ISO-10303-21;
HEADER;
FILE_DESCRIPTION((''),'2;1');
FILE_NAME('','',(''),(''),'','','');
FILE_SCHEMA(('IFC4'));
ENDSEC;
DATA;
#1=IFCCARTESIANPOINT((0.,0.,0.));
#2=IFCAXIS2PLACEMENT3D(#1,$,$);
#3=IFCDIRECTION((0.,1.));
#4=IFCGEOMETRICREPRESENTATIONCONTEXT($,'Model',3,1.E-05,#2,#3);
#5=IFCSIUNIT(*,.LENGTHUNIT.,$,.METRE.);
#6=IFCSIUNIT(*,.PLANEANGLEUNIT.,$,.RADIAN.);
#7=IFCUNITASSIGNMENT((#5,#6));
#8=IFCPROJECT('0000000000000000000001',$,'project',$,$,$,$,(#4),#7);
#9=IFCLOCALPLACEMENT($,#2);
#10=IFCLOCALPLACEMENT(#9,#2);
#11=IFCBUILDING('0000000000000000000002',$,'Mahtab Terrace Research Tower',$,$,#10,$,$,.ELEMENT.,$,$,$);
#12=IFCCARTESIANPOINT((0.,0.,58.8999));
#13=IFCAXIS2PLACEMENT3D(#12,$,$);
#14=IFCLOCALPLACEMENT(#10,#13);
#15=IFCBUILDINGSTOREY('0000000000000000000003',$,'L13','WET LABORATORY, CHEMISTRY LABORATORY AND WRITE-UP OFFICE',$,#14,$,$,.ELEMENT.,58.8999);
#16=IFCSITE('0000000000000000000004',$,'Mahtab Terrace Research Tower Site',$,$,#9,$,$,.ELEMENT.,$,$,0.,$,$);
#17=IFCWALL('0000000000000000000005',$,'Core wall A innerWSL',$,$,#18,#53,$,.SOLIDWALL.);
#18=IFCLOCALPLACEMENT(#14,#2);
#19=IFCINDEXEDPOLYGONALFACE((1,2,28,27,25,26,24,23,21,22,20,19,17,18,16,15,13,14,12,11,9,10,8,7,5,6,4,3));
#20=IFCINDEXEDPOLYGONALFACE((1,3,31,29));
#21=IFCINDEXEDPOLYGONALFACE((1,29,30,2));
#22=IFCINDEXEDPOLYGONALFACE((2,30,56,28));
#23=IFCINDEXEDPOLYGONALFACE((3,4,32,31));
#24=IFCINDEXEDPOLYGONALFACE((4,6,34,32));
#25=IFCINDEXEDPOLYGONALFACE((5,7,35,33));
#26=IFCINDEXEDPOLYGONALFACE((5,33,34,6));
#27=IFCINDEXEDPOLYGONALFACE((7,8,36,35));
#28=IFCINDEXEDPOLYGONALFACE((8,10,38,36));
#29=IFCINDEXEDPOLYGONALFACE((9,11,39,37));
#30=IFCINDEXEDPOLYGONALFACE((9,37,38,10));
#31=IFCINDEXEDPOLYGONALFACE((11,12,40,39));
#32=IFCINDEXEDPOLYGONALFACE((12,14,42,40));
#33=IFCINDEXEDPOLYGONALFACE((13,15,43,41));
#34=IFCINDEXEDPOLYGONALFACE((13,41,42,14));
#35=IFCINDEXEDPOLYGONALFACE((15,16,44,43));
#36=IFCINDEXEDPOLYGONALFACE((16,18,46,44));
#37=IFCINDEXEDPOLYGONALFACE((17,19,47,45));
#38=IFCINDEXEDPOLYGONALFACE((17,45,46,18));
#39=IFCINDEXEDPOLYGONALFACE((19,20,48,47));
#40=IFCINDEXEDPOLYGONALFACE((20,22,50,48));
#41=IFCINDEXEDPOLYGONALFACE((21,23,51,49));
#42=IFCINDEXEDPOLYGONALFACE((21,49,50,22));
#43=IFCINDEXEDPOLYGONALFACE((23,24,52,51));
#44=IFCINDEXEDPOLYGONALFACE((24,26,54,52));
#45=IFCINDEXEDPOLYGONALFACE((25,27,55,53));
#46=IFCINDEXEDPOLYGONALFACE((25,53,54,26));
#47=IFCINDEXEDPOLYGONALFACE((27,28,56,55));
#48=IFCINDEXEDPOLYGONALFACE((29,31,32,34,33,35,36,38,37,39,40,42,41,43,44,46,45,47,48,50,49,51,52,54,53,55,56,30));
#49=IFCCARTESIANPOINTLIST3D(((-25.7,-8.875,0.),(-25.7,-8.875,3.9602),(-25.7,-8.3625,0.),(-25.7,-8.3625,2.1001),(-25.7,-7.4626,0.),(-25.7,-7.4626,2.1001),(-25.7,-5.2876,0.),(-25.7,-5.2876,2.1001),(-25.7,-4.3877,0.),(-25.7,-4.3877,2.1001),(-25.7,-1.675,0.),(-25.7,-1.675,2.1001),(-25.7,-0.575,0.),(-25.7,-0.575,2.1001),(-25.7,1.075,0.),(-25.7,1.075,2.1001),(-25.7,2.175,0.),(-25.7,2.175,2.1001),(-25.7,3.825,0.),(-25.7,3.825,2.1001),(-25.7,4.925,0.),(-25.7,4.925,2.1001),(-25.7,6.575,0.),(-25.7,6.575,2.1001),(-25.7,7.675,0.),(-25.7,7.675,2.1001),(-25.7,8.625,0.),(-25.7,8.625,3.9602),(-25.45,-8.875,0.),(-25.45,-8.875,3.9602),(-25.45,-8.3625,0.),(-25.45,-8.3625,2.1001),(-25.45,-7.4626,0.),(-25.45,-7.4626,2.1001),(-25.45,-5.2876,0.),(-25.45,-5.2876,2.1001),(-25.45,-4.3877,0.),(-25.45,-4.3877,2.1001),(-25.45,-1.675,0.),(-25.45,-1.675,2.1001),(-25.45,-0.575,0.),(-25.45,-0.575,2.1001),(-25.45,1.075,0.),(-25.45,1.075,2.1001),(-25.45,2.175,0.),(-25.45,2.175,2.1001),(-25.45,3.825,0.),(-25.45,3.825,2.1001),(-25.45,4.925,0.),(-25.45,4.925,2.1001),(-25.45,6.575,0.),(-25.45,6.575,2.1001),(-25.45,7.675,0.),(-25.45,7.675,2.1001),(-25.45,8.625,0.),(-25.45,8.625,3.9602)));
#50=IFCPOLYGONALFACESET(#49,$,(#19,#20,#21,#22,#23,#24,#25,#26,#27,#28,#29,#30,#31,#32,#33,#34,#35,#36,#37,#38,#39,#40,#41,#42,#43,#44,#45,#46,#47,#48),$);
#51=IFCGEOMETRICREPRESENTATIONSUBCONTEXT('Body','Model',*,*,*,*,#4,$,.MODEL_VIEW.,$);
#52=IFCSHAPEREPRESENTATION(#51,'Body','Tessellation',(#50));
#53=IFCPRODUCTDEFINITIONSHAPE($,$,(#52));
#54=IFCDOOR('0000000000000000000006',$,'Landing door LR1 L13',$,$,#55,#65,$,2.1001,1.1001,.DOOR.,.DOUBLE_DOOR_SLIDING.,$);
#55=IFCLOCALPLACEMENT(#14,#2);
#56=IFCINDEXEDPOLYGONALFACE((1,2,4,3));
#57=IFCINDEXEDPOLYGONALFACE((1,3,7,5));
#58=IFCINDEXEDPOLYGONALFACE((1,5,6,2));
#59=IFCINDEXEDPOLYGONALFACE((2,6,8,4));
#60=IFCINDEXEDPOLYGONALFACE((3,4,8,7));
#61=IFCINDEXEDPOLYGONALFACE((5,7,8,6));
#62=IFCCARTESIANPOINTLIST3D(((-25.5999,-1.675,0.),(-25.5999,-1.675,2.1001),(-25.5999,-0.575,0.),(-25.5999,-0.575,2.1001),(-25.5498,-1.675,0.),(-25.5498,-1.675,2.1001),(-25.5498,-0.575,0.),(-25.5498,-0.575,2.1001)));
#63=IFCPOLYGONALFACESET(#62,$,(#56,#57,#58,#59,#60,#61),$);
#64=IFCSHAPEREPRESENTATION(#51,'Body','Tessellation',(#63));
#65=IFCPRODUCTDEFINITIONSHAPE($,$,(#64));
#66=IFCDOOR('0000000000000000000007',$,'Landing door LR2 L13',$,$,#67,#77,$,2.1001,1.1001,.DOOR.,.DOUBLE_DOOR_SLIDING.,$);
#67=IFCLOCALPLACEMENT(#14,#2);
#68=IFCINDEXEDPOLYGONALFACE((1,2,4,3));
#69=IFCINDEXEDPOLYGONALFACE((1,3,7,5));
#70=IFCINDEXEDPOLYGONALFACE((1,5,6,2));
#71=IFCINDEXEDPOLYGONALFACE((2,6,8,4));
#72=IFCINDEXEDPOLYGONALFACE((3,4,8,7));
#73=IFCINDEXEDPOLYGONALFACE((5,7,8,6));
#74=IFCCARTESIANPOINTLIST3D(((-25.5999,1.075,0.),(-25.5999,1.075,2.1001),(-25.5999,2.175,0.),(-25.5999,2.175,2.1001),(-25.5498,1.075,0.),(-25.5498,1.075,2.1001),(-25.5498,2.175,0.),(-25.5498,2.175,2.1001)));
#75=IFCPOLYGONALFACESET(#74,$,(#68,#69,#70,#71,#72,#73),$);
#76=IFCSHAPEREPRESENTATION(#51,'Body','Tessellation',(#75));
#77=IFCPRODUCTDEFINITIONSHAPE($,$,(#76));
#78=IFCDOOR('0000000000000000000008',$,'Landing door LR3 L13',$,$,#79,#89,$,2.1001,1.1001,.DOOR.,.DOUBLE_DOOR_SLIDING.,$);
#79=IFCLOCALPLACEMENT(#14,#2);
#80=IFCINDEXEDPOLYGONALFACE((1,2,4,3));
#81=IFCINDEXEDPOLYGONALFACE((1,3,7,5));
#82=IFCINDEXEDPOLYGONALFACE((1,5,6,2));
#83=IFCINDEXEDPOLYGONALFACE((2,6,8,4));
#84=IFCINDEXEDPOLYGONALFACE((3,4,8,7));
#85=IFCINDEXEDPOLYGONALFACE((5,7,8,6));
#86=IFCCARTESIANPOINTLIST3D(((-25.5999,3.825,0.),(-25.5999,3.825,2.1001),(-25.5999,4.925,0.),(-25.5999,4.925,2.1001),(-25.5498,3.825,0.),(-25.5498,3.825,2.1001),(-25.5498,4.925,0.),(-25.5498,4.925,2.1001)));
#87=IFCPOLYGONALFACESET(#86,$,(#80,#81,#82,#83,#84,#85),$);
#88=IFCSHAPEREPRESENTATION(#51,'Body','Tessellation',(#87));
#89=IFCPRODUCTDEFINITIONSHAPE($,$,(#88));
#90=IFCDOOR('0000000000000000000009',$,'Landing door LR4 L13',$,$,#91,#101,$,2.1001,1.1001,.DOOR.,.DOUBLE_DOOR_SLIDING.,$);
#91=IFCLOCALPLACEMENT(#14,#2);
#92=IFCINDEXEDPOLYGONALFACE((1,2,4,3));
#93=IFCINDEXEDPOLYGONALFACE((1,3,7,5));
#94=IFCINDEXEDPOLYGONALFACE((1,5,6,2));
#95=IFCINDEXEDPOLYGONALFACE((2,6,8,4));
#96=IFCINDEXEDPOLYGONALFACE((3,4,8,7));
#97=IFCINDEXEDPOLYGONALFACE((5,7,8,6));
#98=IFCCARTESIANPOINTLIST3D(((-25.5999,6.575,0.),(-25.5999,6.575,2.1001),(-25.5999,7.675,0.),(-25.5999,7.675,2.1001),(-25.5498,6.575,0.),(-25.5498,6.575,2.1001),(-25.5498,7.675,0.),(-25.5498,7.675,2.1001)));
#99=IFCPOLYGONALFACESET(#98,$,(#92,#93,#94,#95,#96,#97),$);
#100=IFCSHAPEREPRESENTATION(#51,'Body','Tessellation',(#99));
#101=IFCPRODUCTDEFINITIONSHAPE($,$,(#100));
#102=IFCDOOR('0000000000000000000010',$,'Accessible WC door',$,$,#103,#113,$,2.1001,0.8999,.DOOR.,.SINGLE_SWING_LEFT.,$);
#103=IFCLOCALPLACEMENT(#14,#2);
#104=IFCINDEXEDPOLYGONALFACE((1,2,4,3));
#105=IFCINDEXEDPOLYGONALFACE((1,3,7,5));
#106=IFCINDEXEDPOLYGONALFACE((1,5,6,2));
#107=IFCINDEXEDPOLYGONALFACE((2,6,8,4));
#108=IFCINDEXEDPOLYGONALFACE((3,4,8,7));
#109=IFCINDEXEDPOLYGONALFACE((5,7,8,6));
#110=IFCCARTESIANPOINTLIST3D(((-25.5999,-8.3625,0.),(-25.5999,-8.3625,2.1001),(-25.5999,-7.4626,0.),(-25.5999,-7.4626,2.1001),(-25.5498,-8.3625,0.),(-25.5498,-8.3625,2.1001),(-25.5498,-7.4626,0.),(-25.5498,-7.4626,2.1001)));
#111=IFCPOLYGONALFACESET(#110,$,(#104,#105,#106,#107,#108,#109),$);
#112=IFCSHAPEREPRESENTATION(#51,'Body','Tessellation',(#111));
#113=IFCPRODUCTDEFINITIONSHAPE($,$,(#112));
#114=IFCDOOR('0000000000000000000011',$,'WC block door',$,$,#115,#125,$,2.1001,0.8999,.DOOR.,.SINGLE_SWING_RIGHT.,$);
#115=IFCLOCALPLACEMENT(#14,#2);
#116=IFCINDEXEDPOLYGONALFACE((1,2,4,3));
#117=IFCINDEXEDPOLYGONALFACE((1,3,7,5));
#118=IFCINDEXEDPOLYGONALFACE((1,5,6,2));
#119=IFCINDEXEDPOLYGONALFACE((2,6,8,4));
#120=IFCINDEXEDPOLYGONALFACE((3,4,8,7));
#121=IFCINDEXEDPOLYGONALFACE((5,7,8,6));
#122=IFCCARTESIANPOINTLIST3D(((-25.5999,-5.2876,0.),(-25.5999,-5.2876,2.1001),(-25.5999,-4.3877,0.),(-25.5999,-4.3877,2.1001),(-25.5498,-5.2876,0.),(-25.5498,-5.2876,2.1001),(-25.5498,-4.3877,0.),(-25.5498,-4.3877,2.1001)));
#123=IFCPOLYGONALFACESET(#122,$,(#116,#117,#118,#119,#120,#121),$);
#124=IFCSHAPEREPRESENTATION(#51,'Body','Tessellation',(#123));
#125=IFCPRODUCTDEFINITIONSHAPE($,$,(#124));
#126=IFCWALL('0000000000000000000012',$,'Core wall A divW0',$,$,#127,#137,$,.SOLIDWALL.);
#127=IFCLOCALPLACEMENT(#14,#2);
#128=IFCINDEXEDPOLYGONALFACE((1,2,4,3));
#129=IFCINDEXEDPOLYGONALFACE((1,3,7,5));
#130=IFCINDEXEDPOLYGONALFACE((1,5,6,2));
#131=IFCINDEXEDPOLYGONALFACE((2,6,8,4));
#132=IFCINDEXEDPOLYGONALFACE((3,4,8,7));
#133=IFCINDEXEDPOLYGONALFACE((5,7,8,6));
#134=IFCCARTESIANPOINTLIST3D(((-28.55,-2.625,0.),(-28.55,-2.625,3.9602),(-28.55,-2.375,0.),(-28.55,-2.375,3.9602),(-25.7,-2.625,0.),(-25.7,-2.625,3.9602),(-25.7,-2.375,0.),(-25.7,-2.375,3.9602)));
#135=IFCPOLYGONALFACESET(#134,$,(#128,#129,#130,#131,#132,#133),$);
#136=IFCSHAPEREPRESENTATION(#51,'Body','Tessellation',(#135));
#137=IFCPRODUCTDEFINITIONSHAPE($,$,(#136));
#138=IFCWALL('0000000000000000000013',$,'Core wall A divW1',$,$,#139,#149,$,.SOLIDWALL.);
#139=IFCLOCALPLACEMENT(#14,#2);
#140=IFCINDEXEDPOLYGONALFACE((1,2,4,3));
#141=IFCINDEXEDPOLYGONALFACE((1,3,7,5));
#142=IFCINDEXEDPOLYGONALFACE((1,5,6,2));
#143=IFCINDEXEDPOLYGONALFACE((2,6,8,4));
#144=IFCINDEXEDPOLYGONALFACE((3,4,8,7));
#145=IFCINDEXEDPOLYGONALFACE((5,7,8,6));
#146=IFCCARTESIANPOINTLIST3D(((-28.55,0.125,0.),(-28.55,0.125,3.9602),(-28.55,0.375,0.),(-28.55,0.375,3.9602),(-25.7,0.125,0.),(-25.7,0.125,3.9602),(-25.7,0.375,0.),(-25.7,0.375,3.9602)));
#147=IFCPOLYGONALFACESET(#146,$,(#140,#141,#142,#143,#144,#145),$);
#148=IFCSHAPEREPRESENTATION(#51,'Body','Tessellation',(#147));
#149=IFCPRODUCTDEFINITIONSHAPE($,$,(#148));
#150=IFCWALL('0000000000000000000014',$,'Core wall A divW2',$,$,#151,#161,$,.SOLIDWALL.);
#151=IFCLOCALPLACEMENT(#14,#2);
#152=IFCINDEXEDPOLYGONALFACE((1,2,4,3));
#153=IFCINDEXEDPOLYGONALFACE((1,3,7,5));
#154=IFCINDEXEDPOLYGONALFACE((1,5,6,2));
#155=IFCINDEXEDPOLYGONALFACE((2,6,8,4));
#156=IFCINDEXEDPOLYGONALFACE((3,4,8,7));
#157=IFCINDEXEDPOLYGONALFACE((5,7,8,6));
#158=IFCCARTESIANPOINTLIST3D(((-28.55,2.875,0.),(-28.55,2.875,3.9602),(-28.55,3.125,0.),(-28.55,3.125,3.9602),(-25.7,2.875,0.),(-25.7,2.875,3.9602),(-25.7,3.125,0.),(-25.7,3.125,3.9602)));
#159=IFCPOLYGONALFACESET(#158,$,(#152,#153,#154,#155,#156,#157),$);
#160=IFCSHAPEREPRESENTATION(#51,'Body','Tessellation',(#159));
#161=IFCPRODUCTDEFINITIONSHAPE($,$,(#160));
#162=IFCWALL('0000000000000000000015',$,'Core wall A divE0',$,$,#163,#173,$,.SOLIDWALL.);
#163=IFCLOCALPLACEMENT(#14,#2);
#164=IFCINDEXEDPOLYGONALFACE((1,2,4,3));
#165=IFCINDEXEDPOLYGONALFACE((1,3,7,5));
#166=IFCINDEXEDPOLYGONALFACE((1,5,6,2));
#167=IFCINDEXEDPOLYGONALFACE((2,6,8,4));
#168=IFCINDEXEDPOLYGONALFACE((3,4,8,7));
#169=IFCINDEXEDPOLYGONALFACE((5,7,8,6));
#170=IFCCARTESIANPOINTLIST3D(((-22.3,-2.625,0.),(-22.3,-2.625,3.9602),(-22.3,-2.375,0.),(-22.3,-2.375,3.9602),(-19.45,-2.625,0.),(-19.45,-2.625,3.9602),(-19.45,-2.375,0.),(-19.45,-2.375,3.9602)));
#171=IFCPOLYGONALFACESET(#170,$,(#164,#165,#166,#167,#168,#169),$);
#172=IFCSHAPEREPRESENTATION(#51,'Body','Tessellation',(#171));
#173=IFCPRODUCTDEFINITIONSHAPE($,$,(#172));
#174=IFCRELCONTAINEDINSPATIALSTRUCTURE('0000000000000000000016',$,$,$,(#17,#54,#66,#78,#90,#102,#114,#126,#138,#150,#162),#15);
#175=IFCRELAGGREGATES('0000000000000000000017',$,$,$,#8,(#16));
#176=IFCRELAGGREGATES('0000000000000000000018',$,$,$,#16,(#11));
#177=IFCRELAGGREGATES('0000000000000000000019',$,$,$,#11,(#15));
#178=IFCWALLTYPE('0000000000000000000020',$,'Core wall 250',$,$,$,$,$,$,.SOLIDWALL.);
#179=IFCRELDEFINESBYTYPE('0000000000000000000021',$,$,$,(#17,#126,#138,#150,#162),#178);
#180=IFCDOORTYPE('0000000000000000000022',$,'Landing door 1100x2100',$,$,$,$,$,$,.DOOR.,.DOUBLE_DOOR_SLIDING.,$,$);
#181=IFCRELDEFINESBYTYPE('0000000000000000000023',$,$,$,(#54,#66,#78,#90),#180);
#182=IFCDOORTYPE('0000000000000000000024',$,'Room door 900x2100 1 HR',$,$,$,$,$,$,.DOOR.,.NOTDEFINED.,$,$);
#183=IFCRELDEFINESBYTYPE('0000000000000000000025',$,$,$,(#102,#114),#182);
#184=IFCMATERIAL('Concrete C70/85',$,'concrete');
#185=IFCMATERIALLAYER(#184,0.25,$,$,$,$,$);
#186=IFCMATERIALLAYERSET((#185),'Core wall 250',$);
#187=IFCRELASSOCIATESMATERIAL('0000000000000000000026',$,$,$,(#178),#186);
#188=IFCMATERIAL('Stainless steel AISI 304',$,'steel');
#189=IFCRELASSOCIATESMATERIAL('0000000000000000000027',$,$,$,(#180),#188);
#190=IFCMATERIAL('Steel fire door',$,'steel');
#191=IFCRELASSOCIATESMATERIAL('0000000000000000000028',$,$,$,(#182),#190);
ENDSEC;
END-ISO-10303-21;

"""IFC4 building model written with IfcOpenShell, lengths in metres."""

from ifc_helpers import new_model, si_unit, direction, frame, frame_2d, origin, place, context, subcontext, project, spatial, rectangle, extrude, material, layer, layer_set, type_object, element, fill, save


model = new_model("IFC4")

# Units and contexts
model_context = context("Model", 3, precision=1e-05, world=origin(), true_north=direction((0.0, 1.0)))
body_context = subcontext(model_context, "Body", "Model", "MODEL_VIEW")
ifc_project = project(units=[si_unit("LENGTHUNIT", "METRE"), si_unit("PLANEANGLEUNIT", "RADIAN")], contexts=[model_context])

# Site, building, storey
site_placement = place(None, origin())
site = spatial("IfcSite", under=ifc_project, at=site_placement, Name="Mahtab Terrace Research Tower Site", CompositionType="ELEMENT", RefElevation=0.0)
building_placement = place(site_placement, origin())
building = spatial("IfcBuilding", under=site, at=building_placement, Name="Mahtab Terrace Research Tower", CompositionType="ELEMENT")
storey_placement = place(building_placement, frame((0.0, 0.0, 58.8999)))
storey = spatial("IfcBuildingStorey", under=building, at=storey_placement, Name="L13", Description="WET LABORATORY, CHEMISTRY LABORATORY AND WRITE-UP OFFICE", CompositionType="ELEMENT", Elevation=58.8999)

# Shared definitions
ifc_material_1 = material(Name="Concrete C70/85", Category="concrete")

# Shared definitions
ifc_layer_1 = layer(ifc_material_1, 0.25)
ifc_layer_set_1 = layer_set([ifc_layer_1], Name="Core wall 250")
wall_type_1 = type_object("IfcWallType", Name="Core wall 250", PredefinedType="SOLIDWALL", material=ifc_layer_set_1)

# Shared definitions
ifc_material_2 = material(Name="Steel fire door", Category="steel")

# Wall, openings, doors
wall_1_placement = place(storey_placement, frame((-25.575, -8.875, 0.0), z_axis=(0.0, 0.0, 1.0), x_axis=(0.0, 1.0, 0.0)))
wall_1 = element("IfcWall", 1, at=wall_1_placement, inside=storey, type_object=wall_type_1, Name="Core wall A innerWSL", PredefinedType="SOLIDWALL", context=body_context, shape_type="SweptSolid", body=[
    extrude(rectangle(XDim=17.5, YDim=0.25, at=frame_2d((8.75, 0.0))), origin(), (0.0, 0.0, 1.0), 3.9602),
])
opening_1_placement = place(wall_1_placement, frame((7.2, 0.0, 0.0)))
opening_1 = element("IfcOpeningElement", 2, at=opening_1_placement, cuts=wall_1, PredefinedType="OPENING", context=body_context, shape_type="SweptSolid", body=[
    extrude(rectangle(XDim=1.1001, YDim=2.1001, at=frame_2d((0.55, 1.05))), frame((0.0, 0.135, 0.0), z_axis=(0.0, -1.0, 0.0), x_axis=(1.0, 0.0, 0.0)), (0.0, 0.0, 1.0), 0.27),
])
opening_2_placement = place(wall_1_placement, frame((9.95, 0.0, 0.0)))
opening_2 = element("IfcOpeningElement", 3, at=opening_2_placement, cuts=wall_1, PredefinedType="OPENING", context=body_context, shape_type="SweptSolid", body=[
    extrude(rectangle(XDim=1.1001, YDim=2.1001, at=frame_2d((0.55, 1.05))), frame((0.0, 0.135, 0.0), z_axis=(0.0, -1.0, 0.0), x_axis=(1.0, 0.0, 0.0)), (0.0, 0.0, 1.0), 0.27),
])
opening_3_placement = place(wall_1_placement, frame((12.7, 0.0, 0.0)))
opening_3 = element("IfcOpeningElement", 4, at=opening_3_placement, cuts=wall_1, PredefinedType="OPENING", context=body_context, shape_type="SweptSolid", body=[
    extrude(rectangle(XDim=1.1001, YDim=2.1001, at=frame_2d((0.55, 1.05))), frame((0.0, 0.135, 0.0), z_axis=(0.0, -1.0, 0.0), x_axis=(1.0, 0.0, 0.0)), (0.0, 0.0, 1.0), 0.27),
])
opening_4_placement = place(wall_1_placement, frame((15.45, 0.0, 0.0)))
opening_4 = element("IfcOpeningElement", 5, at=opening_4_placement, cuts=wall_1, PredefinedType="OPENING", context=body_context, shape_type="SweptSolid", body=[
    extrude(rectangle(XDim=1.1001, YDim=2.1001, at=frame_2d((0.55, 1.05))), frame((0.0, 0.135, 0.0), z_axis=(0.0, -1.0, 0.0), x_axis=(1.0, 0.0, 0.0)), (0.0, 0.0, 1.0), 0.27),
])
opening_5_placement = place(wall_1_placement, frame((0.5125, 0.0, 0.0)))
opening_5 = element("IfcOpeningElement", 6, at=opening_5_placement, cuts=wall_1, PredefinedType="OPENING", context=body_context, shape_type="SweptSolid", body=[
    extrude(rectangle(XDim=0.8999, YDim=2.1001, at=frame_2d((0.45, 1.05))), frame((0.0, 0.135, 0.0), z_axis=(0.0, -1.0, 0.0), x_axis=(1.0, 0.0, 0.0)), (0.0, 0.0, 1.0), 0.27),
])
opening_6_placement = place(wall_1_placement, frame((3.5874, 0.0, 0.0)))
opening_6 = element("IfcOpeningElement", 7, at=opening_6_placement, cuts=wall_1, PredefinedType="OPENING", context=body_context, shape_type="SweptSolid", body=[
    extrude(rectangle(XDim=0.8999, YDim=2.1001, at=frame_2d((0.45, 1.05))), frame((0.0, 0.135, 0.0), z_axis=(0.0, -1.0, 0.0), x_axis=(1.0, 0.0, 0.0)), (0.0, 0.0, 1.0), 0.27),
])
ifc_material_3 = material(Name="Stainless steel AISI 304", Category="steel")
door_type_1 = type_object("IfcDoorType", Name="Landing door 1100x2100", OperationType="DOUBLE_DOOR_SLIDING", PredefinedType="DOOR", material=ifc_material_3)
door_1_placement = place(opening_1_placement, origin())
door_1 = element("IfcDoor", 8, at=door_1_placement, inside=storey, type_object=door_type_1, Name="Landing door LR1 L13", OperationType="DOUBLE_DOOR_SLIDING", OverallHeight=2.1001, OverallWidth=1.1001, PredefinedType="DOOR", context=body_context, shape_type="SweptSolid", body=[
    extrude(rectangle(XDim=1.1001, YDim=2.1001, at=frame_2d((0.55, 1.05))), frame((0.0, 0.0249, 0.0), z_axis=(0.0, -1.0, 0.0), x_axis=(1.0, 0.0, 0.0)), (0.0, 0.0, 1.0), 0.05),
])
fill(opening_1, door_1)
door_2_placement = place(opening_2_placement, origin())
door_2 = element("IfcDoor", 9, at=door_2_placement, inside=storey, type_object=door_type_1, Name="Landing door LR2 L13", OperationType="DOUBLE_DOOR_SLIDING", OverallHeight=2.1001, OverallWidth=1.1001, PredefinedType="DOOR", context=body_context, shape_type="SweptSolid", body=[
    extrude(rectangle(XDim=1.1001, YDim=2.1001, at=frame_2d((0.55, 1.05))), frame((0.0, 0.0249, 0.0), z_axis=(0.0, -1.0, 0.0), x_axis=(1.0, 0.0, 0.0)), (0.0, 0.0, 1.0), 0.05),
])
fill(opening_2, door_2)
door_3_placement = place(opening_3_placement, origin())
door_3 = element("IfcDoor", 10, at=door_3_placement, inside=storey, type_object=door_type_1, Name="Landing door LR3 L13", OperationType="DOUBLE_DOOR_SLIDING", OverallHeight=2.1001, OverallWidth=1.1001, PredefinedType="DOOR", context=body_context, shape_type="SweptSolid", body=[
    extrude(rectangle(XDim=1.1001, YDim=2.1001, at=frame_2d((0.55, 1.05))), frame((0.0, 0.0249, 0.0), z_axis=(0.0, -1.0, 0.0), x_axis=(1.0, 0.0, 0.0)), (0.0, 0.0, 1.0), 0.05),
])
fill(opening_3, door_3)
door_4_placement = place(opening_4_placement, origin())
door_4 = element("IfcDoor", 11, at=door_4_placement, inside=storey, type_object=door_type_1, Name="Landing door LR4 L13", OperationType="DOUBLE_DOOR_SLIDING", OverallHeight=2.1001, OverallWidth=1.1001, PredefinedType="DOOR", context=body_context, shape_type="SweptSolid", body=[
    extrude(rectangle(XDim=1.1001, YDim=2.1001, at=frame_2d((0.55, 1.05))), frame((0.0, 0.0249, 0.0), z_axis=(0.0, -1.0, 0.0), x_axis=(1.0, 0.0, 0.0)), (0.0, 0.0, 1.0), 0.05),
])
fill(opening_4, door_4)
door_type_2 = type_object("IfcDoorType", Name="Room door 900x2100 1 HR", OperationType="NOTDEFINED", PredefinedType="DOOR", material=ifc_material_2)
door_5_placement = place(opening_5_placement, origin())
door_5 = element("IfcDoor", 12, at=door_5_placement, inside=storey, type_object=door_type_2, Name="Accessible WC door", OperationType="SINGLE_SWING_LEFT", OverallHeight=2.1001, OverallWidth=0.8999, PredefinedType="DOOR", context=body_context, shape_type="SweptSolid", body=[
    extrude(rectangle(XDim=0.8999, YDim=2.1001, at=frame_2d((0.45, 1.05))), frame((0.0, 0.0249, 0.0), z_axis=(0.0, -1.0, 0.0), x_axis=(1.0, 0.0, 0.0)), (0.0, 0.0, 1.0), 0.05),
])
fill(opening_5, door_5)
door_6_placement = place(opening_6_placement, origin())
door_6 = element("IfcDoor", 13, at=door_6_placement, inside=storey, type_object=door_type_2, Name="WC block door", OperationType="SINGLE_SWING_RIGHT", OverallHeight=2.1001, OverallWidth=0.8999, PredefinedType="DOOR", context=body_context, shape_type="SweptSolid", body=[
    extrude(rectangle(XDim=0.8999, YDim=2.1001, at=frame_2d((0.45, 1.05))), frame((0.0, 0.0249, 0.0), z_axis=(0.0, -1.0, 0.0), x_axis=(1.0, 0.0, 0.0)), (0.0, 0.0, 1.0), 0.05),
])
fill(opening_6, door_6)

# Walls
for number, where, z_axis, x_axis, name in (
    (14, (-28.55, -2.5, 0.0), (0.0, 0.0, 1.0), (1.0, 0.0, 0.0), "Core wall A divW0"),
    (15, (-28.55, 0.25, 0.0), (0.0, 0.0, 1.0), (1.0, 0.0, 0.0), "Core wall A divW1"),
    (16, (-28.55, 3.0, 0.0), (0.0, 0.0, 1.0), (1.0, 0.0, 0.0), "Core wall A divW2"),
    (17, (-22.3, -2.5, 0.0), (0.0, 0.0, 1.0), (1.0, 0.0, 0.0), "Core wall A divE0"),
):
    element("IfcWall", number, at=place(storey_placement, frame(where, z_axis=z_axis, x_axis=x_axis)), inside=storey, type_object=wall_type_1, Name=name, PredefinedType="SOLIDWALL", context=body_context, shape_type="SweptSolid", body=[
        extrude(rectangle(XDim=2.8501, YDim=0.25, at=frame_2d((1.425, 0.0))), origin(), (0.0, 0.0, 1.0), 3.9602),
    ])

save(model, "model.ifc")
